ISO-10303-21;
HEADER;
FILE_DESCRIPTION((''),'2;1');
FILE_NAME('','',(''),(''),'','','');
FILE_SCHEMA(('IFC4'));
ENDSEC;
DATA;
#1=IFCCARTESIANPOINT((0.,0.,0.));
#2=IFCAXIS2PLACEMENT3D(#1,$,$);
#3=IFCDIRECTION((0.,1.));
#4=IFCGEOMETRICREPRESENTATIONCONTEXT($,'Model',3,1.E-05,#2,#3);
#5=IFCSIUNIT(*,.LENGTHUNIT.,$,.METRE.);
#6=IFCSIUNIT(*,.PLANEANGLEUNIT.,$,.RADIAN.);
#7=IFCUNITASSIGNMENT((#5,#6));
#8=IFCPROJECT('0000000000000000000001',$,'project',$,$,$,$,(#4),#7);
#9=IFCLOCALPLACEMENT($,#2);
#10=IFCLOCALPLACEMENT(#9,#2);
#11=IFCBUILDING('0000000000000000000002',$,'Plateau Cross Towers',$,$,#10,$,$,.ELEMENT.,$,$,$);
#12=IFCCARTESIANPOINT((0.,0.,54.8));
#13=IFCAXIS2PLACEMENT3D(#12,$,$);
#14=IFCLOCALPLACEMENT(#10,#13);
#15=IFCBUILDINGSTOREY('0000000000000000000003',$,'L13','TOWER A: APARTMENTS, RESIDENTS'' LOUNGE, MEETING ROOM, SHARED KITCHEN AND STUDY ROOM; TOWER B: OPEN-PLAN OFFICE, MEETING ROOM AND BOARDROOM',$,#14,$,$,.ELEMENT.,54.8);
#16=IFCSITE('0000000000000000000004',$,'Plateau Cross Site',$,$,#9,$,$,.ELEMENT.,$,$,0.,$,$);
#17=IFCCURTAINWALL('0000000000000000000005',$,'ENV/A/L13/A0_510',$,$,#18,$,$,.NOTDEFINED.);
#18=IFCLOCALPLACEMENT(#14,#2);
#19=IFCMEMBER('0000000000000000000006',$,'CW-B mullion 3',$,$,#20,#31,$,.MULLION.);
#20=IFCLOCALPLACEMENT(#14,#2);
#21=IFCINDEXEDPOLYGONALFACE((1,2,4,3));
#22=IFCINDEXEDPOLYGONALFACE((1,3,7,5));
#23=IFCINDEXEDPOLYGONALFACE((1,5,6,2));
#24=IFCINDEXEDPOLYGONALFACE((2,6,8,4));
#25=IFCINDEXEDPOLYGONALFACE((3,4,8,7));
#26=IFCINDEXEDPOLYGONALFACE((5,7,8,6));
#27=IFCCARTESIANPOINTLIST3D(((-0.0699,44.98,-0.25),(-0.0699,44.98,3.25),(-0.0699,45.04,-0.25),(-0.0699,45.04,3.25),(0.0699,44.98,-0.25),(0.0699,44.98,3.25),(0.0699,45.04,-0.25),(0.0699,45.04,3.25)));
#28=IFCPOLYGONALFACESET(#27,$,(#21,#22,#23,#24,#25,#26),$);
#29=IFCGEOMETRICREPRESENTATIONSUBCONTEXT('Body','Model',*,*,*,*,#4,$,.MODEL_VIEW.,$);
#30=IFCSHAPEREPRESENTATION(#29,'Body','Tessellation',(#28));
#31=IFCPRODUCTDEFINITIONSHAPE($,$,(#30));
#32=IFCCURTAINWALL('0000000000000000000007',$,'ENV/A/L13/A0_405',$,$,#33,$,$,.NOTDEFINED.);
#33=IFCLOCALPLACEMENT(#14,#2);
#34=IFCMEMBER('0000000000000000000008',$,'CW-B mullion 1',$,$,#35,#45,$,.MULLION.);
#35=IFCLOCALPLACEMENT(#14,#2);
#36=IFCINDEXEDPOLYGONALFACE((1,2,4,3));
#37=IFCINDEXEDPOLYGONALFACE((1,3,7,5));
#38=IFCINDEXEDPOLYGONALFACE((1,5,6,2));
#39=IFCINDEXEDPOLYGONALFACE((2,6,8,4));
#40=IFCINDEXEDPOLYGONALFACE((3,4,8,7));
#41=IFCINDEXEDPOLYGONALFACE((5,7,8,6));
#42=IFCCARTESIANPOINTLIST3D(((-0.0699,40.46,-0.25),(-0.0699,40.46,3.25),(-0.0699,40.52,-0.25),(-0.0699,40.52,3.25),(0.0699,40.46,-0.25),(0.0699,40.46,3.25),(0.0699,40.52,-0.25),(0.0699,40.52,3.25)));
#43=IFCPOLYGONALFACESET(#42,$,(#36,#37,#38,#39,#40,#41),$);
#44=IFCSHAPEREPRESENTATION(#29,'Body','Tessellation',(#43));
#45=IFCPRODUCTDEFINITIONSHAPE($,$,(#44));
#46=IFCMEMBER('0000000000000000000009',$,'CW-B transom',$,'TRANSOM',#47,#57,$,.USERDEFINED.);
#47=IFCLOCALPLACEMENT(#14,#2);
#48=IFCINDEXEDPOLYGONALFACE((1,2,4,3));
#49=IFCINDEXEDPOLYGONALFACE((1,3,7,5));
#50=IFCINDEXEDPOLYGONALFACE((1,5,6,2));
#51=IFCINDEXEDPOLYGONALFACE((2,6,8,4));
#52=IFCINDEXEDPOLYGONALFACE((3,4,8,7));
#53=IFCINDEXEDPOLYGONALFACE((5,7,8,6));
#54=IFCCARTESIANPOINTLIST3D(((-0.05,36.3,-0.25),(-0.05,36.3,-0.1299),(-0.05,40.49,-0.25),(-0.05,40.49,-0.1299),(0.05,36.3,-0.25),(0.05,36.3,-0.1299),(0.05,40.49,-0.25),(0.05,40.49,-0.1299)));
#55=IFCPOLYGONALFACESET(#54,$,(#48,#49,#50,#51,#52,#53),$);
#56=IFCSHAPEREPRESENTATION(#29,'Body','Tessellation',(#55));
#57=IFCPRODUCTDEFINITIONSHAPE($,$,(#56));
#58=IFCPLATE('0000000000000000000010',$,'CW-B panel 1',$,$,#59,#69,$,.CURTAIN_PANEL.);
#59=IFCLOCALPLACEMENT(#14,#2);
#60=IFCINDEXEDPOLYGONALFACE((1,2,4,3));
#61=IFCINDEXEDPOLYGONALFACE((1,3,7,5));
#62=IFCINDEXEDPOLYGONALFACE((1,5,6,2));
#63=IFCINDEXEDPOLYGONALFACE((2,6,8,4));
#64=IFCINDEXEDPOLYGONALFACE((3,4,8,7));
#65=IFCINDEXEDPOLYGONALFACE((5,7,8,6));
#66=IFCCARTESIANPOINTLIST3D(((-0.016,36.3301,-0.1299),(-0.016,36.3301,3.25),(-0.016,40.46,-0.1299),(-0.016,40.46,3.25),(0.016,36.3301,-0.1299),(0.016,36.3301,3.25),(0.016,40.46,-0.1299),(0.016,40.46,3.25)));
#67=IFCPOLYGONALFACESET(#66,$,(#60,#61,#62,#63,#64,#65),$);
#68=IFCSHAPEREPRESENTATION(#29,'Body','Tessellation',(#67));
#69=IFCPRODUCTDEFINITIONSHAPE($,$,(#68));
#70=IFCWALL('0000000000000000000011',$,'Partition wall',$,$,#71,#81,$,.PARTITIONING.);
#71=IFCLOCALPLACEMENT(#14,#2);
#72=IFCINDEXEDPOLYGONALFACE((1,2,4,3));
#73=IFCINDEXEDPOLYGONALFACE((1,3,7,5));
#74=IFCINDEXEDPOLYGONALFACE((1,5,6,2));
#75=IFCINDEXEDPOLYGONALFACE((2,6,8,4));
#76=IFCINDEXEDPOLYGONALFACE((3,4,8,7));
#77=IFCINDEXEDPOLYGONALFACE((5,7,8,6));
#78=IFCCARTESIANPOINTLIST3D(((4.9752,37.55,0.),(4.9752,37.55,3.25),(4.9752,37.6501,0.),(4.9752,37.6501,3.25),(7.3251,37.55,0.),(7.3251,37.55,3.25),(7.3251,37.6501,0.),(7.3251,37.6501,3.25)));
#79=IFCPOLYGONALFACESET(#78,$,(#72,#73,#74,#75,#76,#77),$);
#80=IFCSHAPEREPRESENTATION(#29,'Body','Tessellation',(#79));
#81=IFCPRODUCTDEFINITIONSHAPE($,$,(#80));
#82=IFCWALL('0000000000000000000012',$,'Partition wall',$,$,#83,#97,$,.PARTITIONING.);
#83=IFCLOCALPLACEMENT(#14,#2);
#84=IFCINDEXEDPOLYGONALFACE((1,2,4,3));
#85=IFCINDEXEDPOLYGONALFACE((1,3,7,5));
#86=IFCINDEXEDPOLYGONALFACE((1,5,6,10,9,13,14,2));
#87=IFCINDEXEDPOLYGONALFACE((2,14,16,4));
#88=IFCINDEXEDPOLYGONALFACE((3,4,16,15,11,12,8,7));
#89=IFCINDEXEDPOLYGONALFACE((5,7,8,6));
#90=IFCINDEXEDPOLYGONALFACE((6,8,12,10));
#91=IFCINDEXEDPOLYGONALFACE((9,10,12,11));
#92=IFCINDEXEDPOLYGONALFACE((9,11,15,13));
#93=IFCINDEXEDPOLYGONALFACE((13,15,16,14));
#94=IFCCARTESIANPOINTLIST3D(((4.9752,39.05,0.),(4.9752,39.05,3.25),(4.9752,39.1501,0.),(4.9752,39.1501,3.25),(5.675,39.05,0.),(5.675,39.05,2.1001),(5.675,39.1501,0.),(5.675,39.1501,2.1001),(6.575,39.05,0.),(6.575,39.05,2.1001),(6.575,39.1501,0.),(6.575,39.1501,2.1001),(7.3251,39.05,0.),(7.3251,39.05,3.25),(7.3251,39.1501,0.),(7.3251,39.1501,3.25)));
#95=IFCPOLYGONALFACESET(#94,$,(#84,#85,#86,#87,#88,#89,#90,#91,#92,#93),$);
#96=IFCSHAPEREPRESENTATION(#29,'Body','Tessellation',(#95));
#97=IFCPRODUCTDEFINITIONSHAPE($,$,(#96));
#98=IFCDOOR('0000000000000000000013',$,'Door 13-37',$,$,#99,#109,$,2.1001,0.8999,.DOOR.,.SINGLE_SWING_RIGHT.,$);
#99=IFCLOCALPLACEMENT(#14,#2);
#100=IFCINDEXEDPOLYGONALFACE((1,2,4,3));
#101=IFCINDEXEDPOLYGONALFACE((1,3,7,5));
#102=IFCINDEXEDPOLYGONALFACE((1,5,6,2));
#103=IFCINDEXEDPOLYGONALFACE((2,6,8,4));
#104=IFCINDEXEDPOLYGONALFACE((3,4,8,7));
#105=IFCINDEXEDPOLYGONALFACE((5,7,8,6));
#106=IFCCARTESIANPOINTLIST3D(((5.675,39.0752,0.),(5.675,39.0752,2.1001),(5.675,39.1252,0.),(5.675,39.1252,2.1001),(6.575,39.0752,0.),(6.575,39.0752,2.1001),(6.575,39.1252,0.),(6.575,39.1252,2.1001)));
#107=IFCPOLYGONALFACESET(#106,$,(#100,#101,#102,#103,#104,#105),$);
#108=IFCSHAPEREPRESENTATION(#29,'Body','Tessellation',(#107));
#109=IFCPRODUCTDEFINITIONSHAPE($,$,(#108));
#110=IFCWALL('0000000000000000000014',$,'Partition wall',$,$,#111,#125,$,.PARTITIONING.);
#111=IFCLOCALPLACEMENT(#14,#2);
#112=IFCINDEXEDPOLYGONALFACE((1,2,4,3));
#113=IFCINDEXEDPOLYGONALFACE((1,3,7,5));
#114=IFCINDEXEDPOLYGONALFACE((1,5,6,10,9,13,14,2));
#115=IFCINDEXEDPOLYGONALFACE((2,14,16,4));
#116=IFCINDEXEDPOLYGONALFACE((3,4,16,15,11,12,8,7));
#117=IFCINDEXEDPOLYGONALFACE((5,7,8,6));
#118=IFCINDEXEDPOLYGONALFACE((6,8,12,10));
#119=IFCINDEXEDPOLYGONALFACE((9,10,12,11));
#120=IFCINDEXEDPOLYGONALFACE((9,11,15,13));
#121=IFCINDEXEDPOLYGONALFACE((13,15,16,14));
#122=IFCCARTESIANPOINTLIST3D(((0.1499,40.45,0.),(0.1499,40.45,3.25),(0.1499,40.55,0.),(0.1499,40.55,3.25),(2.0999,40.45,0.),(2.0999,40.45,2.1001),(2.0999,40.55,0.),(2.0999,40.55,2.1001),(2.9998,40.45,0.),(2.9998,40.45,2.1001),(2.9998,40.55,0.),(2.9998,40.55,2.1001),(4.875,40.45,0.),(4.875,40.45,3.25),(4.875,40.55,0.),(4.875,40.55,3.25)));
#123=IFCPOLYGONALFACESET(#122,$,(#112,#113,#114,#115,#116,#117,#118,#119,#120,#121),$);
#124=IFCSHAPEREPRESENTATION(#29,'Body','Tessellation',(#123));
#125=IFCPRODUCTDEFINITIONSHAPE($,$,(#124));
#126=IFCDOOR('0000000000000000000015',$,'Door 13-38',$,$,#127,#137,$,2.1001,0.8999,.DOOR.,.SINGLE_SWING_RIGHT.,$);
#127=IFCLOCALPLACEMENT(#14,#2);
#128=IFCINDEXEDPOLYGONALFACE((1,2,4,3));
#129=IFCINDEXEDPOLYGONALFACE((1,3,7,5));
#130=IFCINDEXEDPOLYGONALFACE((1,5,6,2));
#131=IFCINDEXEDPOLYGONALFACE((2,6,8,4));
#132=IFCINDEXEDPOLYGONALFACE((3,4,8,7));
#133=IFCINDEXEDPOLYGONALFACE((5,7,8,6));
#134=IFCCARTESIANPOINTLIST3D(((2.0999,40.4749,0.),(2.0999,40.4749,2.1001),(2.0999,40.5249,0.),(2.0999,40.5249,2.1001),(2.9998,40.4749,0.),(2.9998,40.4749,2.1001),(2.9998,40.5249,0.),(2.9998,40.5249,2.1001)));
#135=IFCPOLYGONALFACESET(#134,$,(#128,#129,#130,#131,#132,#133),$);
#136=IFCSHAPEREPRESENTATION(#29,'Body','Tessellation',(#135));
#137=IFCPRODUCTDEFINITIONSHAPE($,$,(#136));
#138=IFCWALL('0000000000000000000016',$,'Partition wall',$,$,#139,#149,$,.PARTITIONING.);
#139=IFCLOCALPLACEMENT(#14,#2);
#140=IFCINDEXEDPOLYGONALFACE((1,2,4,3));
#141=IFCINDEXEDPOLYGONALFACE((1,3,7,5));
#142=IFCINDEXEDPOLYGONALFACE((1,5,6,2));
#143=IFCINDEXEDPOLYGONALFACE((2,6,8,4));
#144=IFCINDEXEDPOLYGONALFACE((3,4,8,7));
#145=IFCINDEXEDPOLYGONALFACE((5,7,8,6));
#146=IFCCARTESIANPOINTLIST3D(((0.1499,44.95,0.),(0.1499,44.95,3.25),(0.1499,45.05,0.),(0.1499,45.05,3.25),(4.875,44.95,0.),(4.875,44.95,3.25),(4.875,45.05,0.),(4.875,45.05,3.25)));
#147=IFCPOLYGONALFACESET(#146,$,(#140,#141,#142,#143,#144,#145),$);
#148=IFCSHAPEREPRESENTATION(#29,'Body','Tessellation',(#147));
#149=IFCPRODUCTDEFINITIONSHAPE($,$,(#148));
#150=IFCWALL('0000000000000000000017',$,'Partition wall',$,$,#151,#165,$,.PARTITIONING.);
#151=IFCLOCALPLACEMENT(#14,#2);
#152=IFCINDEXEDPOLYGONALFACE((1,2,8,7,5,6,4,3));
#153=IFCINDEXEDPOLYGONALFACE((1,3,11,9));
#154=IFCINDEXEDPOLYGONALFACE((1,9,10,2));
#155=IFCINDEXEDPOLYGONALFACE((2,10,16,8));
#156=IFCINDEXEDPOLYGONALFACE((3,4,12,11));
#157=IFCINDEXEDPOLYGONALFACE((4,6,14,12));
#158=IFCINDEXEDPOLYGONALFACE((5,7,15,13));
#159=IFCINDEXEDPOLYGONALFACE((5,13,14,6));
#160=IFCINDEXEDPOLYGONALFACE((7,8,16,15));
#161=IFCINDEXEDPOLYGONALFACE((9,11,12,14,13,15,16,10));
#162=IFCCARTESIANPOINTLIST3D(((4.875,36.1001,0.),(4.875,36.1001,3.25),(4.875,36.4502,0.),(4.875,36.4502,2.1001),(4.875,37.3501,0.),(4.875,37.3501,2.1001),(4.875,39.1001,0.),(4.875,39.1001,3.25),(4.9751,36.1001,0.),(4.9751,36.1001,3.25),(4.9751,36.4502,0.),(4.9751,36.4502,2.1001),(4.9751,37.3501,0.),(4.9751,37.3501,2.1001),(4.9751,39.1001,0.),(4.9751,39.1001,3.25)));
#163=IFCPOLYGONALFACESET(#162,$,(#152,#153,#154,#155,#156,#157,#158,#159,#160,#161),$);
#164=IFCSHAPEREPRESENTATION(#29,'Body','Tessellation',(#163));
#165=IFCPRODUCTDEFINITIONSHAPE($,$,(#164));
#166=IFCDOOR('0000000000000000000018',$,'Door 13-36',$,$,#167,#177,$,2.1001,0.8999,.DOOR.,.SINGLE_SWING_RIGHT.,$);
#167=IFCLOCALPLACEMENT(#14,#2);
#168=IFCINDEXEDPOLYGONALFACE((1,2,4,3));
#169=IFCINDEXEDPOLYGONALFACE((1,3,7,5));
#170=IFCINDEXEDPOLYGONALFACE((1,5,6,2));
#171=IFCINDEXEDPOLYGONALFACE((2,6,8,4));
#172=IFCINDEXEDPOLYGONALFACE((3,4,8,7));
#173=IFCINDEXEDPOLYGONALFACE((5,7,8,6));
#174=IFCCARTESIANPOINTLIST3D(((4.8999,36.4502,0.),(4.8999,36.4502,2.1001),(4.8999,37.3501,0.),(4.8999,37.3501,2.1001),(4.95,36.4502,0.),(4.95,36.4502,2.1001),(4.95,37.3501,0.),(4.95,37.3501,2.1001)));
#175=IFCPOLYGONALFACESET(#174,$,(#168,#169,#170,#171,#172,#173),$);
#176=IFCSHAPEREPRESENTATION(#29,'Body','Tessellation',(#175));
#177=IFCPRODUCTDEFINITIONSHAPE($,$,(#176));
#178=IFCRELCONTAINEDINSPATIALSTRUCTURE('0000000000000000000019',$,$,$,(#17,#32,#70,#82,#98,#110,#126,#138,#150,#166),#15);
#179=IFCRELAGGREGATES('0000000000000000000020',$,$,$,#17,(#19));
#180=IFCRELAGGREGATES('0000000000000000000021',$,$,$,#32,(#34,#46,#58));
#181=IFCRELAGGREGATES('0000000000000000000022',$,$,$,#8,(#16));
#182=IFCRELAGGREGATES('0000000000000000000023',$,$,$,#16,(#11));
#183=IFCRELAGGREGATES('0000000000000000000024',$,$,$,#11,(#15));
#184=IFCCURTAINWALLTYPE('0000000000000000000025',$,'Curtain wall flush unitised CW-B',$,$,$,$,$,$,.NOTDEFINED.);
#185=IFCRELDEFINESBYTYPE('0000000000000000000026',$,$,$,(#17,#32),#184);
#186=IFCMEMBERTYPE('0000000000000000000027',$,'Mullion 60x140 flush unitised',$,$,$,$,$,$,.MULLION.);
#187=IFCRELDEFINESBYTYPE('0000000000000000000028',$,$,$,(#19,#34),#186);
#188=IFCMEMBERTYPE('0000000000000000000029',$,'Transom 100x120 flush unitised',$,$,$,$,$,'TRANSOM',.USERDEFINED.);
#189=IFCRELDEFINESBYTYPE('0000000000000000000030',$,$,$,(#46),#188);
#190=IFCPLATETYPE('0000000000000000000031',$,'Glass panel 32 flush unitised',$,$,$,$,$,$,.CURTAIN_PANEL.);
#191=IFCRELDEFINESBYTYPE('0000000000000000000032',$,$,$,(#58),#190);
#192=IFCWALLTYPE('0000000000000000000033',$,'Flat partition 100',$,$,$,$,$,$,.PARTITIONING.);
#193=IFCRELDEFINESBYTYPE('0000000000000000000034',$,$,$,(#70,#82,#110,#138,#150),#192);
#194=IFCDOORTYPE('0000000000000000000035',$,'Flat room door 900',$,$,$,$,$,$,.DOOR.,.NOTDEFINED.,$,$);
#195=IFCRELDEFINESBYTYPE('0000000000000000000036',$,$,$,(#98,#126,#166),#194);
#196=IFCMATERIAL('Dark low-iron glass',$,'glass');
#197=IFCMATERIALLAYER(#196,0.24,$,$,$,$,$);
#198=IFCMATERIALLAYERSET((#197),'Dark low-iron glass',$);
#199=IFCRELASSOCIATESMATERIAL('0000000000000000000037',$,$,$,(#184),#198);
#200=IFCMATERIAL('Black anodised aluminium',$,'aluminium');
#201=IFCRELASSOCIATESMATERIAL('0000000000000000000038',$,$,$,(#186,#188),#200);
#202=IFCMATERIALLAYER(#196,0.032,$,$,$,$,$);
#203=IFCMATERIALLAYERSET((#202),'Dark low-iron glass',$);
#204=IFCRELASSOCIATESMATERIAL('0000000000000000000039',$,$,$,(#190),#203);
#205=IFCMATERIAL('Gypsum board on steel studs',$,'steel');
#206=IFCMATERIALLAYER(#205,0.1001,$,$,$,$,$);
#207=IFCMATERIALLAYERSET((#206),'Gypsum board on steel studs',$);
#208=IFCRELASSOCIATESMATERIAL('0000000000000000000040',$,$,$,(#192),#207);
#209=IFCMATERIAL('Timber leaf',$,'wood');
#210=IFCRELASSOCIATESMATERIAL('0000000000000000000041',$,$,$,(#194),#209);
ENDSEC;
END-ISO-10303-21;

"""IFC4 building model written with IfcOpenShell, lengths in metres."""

from ifc_helpers import new_model, si_unit, direction, frame, frame_2d, origin, origin_2d, place, context, subcontext, project, spatial, rectangle, extrude, material, layer, layer_set, material_profile, profile_set, type_object, element, fill, aggregate, save


model = new_model("IFC4")

# Units and contexts
model_context = context("Model", 3, precision=1e-05, world=origin(), true_north=direction((0.0, 1.0)))
body_context = subcontext(model_context, "Body", "Model", "MODEL_VIEW")
ifc_project = project(units=[si_unit("LENGTHUNIT", "METRE"), si_unit("PLANEANGLEUNIT", "RADIAN")], contexts=[model_context])

# Site, building, storey
site_placement = place(None, origin())
site = spatial("IfcSite", under=ifc_project, at=site_placement, Name="Plateau Cross Site", CompositionType="ELEMENT", RefElevation=0.0)
building_placement = place(site_placement, origin())
building = spatial("IfcBuilding", under=site, at=building_placement, Name="Plateau Cross Towers", CompositionType="ELEMENT")
storey_placement = place(building_placement, frame((0.0, 0.0, 54.8)))
storey = spatial("IfcBuildingStorey", under=building, at=storey_placement, Name="L13", Description="TOWER A: APARTMENTS, RESIDENTS' LOUNGE, MEETING ROOM, SHARED KITCHEN AND STUDY ROOM; TOWER B: OPEN-PLAN OFFICE, MEETING ROOM AND BOARDROOM", CompositionType="ELEMENT", Elevation=54.8)

# Curtain wall, member
ifc_material_1 = material(Name="Dark low-iron glass", Category="glass")
ifc_layer_1 = layer(ifc_material_1, 0.24)
ifc_layer_set_1 = layer_set([ifc_layer_1], Name="Dark low-iron glass")
curtain_wall_type = type_object("IfcCurtainWallType", Name="Curtain wall flush unitised CW-B", PredefinedType="NOTDEFINED", material=ifc_layer_set_1)
curtain_wall_1_placement = place(storey_placement, origin())
curtain_wall_1 = element("IfcCurtainWall", 1, at=curtain_wall_1_placement, inside=storey, type_object=curtain_wall_type, Name="ENV/A/L13/A0_510", PredefinedType="NOTDEFINED")
ifc_material_2 = material(Name="Black anodised aluminium", Category="aluminium")
ifc_material_profile_1 = material_profile(ifc_material_2, rectangle(XDim=0.0601, YDim=0.1399, at=origin_2d()), Name="MULLION 60x140")
ifc_profile_set_1 = profile_set([ifc_material_profile_1], Name="Black anodised aluminium")
member_type_1 = type_object("IfcMemberType", Name="Mullion 60x140 flush unitised", PredefinedType="MULLION", material=ifc_profile_set_1)
member_1_placement = place(storey_placement, frame((0.0, 45.01, -0.25), z_axis=(0.0, 0.0, 1.0), x_axis=(0.0, -1.0, 0.0)))
member_1 = element("IfcMember", 2, at=member_1_placement, type_object=member_type_1, Name="CW-B mullion 3", PredefinedType="MULLION", context=body_context, shape_type="SweptSolid", body=[
    extrude(rectangle(XDim=0.0601, YDim=0.1399, at=origin_2d()), origin(), (0.0, 0.0, 1.0), 3.5),
])
aggregate(curtain_wall_1, [member_1])

# Curtain wall, members, plate
curtain_wall_2_placement = place(storey_placement, origin())
curtain_wall_2 = element("IfcCurtainWall", 3, at=curtain_wall_2_placement, inside=storey, type_object=curtain_wall_type, Name="ENV/A/L13/A0_405", PredefinedType="NOTDEFINED")
member_2_placement = place(storey_placement, frame((0.0, 40.49, -0.25), z_axis=(0.0, 0.0, 1.0), x_axis=(0.0, -1.0, 0.0)))
member_2 = element("IfcMember", 4, at=member_2_placement, type_object=member_type_1, Name="CW-B mullion 1", PredefinedType="MULLION", context=body_context, shape_type="SweptSolid", body=[
    extrude(rectangle(XDim=0.0601, YDim=0.1399, at=origin_2d()), origin(), (0.0, 0.0, 1.0), 3.5),
])
ifc_material_profile_2 = material_profile(ifc_material_2, rectangle(XDim=0.1001, YDim=0.1201, at=origin_2d()), Name="TRANSOM 100x120")
ifc_profile_set_2 = profile_set([ifc_material_profile_2], Name="Black anodised aluminium")
member_type_2 = type_object("IfcMemberType", Name="Transom 100x120 flush unitised", ElementType="TRANSOM", PredefinedType="USERDEFINED", material=ifc_profile_set_2)
member_3_placement = place(storey_placement, frame((0.0, 40.49, -0.1899), z_axis=(0.0, -1.0, 0.0), x_axis=(1.0, 0.0, 0.0)))
member_3 = element("IfcMember", 5, at=member_3_placement, type_object=member_type_2, Name="CW-B transom", ObjectType="TRANSOM", PredefinedType="USERDEFINED", context=body_context, shape_type="SweptSolid", body=[
    extrude(rectangle(XDim=0.1001, YDim=0.1201, at=origin_2d()), origin(), (0.0, 0.0, 1.0), 4.1899),
])
ifc_layer_2 = layer(ifc_material_1, 0.032)
ifc_layer_set_2 = layer_set([ifc_layer_2], Name="Dark low-iron glass")
plate_type = type_object("IfcPlateType", Name="Glass panel 32 flush unitised", PredefinedType="CURTAIN_PANEL", material=ifc_layer_set_2)
plate_placement = place(storey_placement, frame((0.0, 38.395, -0.1299), z_axis=(0.0, 0.0, 1.0), x_axis=(0.0, -1.0, 0.0)))
plate = element("IfcPlate", 6, at=plate_placement, type_object=plate_type, Name="CW-B panel 1", PredefinedType="CURTAIN_PANEL", context=body_context, shape_type="SweptSolid", body=[
    extrude(rectangle(XDim=4.1299, YDim=0.032, at=origin_2d()), origin(), (0.0, 0.0, 1.0), 3.3799),
])
aggregate(curtain_wall_2, [member_2, member_3, plate])

# Wall
ifc_material_3 = material(Name="Gypsum board on steel studs", Category="steel")
ifc_layer_3 = layer(ifc_material_3, 0.1001)
ifc_layer_set_3 = layer_set([ifc_layer_3], Name="Gypsum board on steel studs")
wall_type_1 = type_object("IfcWallType", Name="Flat partition 100", PredefinedType="PARTITIONING", material=ifc_layer_set_3)
wall_1_placement = place(storey_placement, frame((7.325, 37.6001, 0.0), z_axis=(0.0, 0.0, 1.0), x_axis=(-1.0, 0.0, 0.0)))
element("IfcWall", 7, at=wall_1_placement, inside=storey, type_object=wall_type_1, Name="Partition wall", PredefinedType="PARTITIONING", context=body_context, shape_type="SweptSolid", body=[
    extrude(rectangle(XDim=2.3499, YDim=0.1001, at=frame_2d((1.1748, 0.0))), origin(), (0.0, 0.0, 1.0), 3.25),
])

# Walls, openings, doors
wall_2_placement = place(storey_placement, frame((7.325, 39.1001, 0.0), z_axis=(0.0, 0.0, 1.0), x_axis=(-1.0, 0.0, 0.0)))
wall_2 = element("IfcWall", 8, at=wall_2_placement, inside=storey, type_object=wall_type_1, Name="Partition wall", PredefinedType="PARTITIONING", context=body_context, shape_type="SweptSolid", body=[
    extrude(rectangle(XDim=2.3499, YDim=0.1001, at=frame_2d((1.1748, 0.0))), origin(), (0.0, 0.0, 1.0), 3.25),
])
opening_1_placement = place(wall_2_placement, frame((0.75, 0.0, 0.0)))
opening_1 = element("IfcOpeningElement", 9, at=opening_1_placement, cuts=wall_2, PredefinedType="OPENING", context=body_context, shape_type="SweptSolid", body=[
    extrude(rectangle(XDim=0.8999, YDim=2.1001, at=frame_2d((0.45, 1.05))), frame((0.0, 0.0601, 0.0), z_axis=(0.0, -1.0, 0.0), x_axis=(1.0, 0.0, 0.0)), (0.0, 0.0, 1.0), 0.1201),
])
ifc_material_4 = material(Name="Timber leaf", Category="wood")
door_type_1 = type_object("IfcDoorType", Name="Flat room door 900", OperationType="NOTDEFINED", PredefinedType="DOOR", material=ifc_material_4)
door_1_placement = place(opening_1_placement, origin())
door_1 = element("IfcDoor", 10, at=door_1_placement, inside=storey, type_object=door_type_1, Name="Door 13-37", OperationType="SINGLE_SWING_RIGHT", OverallHeight=2.1001, OverallWidth=0.8999, PredefinedType="DOOR", context=body_context, shape_type="SweptSolid", body=[
    extrude(rectangle(XDim=0.8999, YDim=2.1001, at=frame_2d((0.45, 1.05))), frame((0.0, 0.0249, 0.0), z_axis=(0.0, -1.0, 0.0), x_axis=(1.0, 0.0, 0.0)), (0.0, 0.0, 1.0), 0.05),
])
fill(opening_1, door_1)
wall_3_placement = place(storey_placement, frame((0.1499, 40.5, 0.0), z_axis=(0.0, 0.0, 1.0), x_axis=(1.0, 0.0, 0.0)))
wall_3 = element("IfcWall", 11, at=wall_3_placement, inside=storey, type_object=wall_type_1, Name="Partition wall", PredefinedType="PARTITIONING", context=body_context, shape_type="SweptSolid", body=[
    extrude(rectangle(XDim=4.7251, YDim=0.1001, at=frame_2d((2.3625, 0.0))), origin(), (0.0, 0.0, 1.0), 3.25),
])
opening_2_placement = place(wall_3_placement, frame((1.95, 0.0, 0.0)))
opening_2 = element("IfcOpeningElement", 12, at=opening_2_placement, cuts=wall_3, PredefinedType="OPENING", context=body_context, shape_type="SweptSolid", body=[
    extrude(rectangle(XDim=0.8999, YDim=2.1001, at=frame_2d((0.45, 1.05))), frame((0.0, 0.0601, 0.0), z_axis=(0.0, -1.0, 0.0), x_axis=(1.0, 0.0, 0.0)), (0.0, 0.0, 1.0), 0.1201),
])
door_2_placement = place(opening_2_placement, origin())
door_2 = element("IfcDoor", 13, at=door_2_placement, inside=storey, type_object=door_type_1, Name="Door 13-38", OperationType="SINGLE_SWING_RIGHT", OverallHeight=2.1001, OverallWidth=0.8999, PredefinedType="DOOR", context=body_context, shape_type="SweptSolid", body=[
    extrude(rectangle(XDim=0.8999, YDim=2.1001, at=frame_2d((0.45, 1.05))), frame((0.0, 0.0249, 0.0), z_axis=(0.0, -1.0, 0.0), x_axis=(1.0, 0.0, 0.0)), (0.0, 0.0, 1.0), 0.05),
])
fill(opening_2, door_2)

# Wall
wall_4_placement = place(storey_placement, frame((4.875, 45.0, 0.0), z_axis=(0.0, 0.0, 1.0), x_axis=(-1.0, 0.0, 0.0)))
element("IfcWall", 14, at=wall_4_placement, inside=storey, type_object=wall_type_1, Name="Partition wall", PredefinedType="PARTITIONING", context=body_context, shape_type="SweptSolid", body=[
    extrude(rectangle(XDim=4.7251, YDim=0.1001, at=frame_2d((2.3625, 0.0))), origin(), (0.0, 0.0, 1.0), 3.25),
])

# Wall, opening, door
wall_5_placement = place(storey_placement, frame((4.925, 39.1001, 0.0), z_axis=(0.0, 0.0, 1.0), x_axis=(0.0, -1.0, 0.0)))
wall_5 = element("IfcWall", 15, at=wall_5_placement, inside=storey, type_object=wall_type_1, Name="Partition wall", PredefinedType="PARTITIONING", context=body_context, shape_type="SweptSolid", body=[
    extrude(rectangle(XDim=3.0, YDim=0.1001, at=frame_2d((1.5, 0.0))), origin(), (0.0, 0.0, 1.0), 3.25),
])
opening_3_placement = place(wall_5_placement, frame((1.75, 0.0, 0.0)))
opening_3 = element("IfcOpeningElement", 16, at=opening_3_placement, cuts=wall_5, PredefinedType="OPENING", context=body_context, shape_type="SweptSolid", body=[
    extrude(rectangle(XDim=0.8999, YDim=2.1001, at=frame_2d((0.45, 1.05))), frame((0.0, 0.0601, 0.0), z_axis=(0.0, -1.0, 0.0), x_axis=(1.0, 0.0, 0.0)), (0.0, 0.0, 1.0), 0.1201),
])
door_3_placement = place(opening_3_placement, origin())
door_3 = element("IfcDoor", 17, at=door_3_placement, inside=storey, type_object=door_type_1, Name="Door 13-36", OperationType="SINGLE_SWING_RIGHT", OverallHeight=2.1001, OverallWidth=0.8999, PredefinedType="DOOR", context=body_context, shape_type="SweptSolid", body=[
    extrude(rectangle(XDim=0.8999, YDim=2.1001, at=frame_2d((0.45, 1.05))), frame((0.0, 0.0249, 0.0), z_axis=(0.0, -1.0, 0.0), x_axis=(1.0, 0.0, 0.0)), (0.0, 0.0, 1.0), 0.05),
])
fill(opening_3, door_3)

save(model, "model.ifc")
